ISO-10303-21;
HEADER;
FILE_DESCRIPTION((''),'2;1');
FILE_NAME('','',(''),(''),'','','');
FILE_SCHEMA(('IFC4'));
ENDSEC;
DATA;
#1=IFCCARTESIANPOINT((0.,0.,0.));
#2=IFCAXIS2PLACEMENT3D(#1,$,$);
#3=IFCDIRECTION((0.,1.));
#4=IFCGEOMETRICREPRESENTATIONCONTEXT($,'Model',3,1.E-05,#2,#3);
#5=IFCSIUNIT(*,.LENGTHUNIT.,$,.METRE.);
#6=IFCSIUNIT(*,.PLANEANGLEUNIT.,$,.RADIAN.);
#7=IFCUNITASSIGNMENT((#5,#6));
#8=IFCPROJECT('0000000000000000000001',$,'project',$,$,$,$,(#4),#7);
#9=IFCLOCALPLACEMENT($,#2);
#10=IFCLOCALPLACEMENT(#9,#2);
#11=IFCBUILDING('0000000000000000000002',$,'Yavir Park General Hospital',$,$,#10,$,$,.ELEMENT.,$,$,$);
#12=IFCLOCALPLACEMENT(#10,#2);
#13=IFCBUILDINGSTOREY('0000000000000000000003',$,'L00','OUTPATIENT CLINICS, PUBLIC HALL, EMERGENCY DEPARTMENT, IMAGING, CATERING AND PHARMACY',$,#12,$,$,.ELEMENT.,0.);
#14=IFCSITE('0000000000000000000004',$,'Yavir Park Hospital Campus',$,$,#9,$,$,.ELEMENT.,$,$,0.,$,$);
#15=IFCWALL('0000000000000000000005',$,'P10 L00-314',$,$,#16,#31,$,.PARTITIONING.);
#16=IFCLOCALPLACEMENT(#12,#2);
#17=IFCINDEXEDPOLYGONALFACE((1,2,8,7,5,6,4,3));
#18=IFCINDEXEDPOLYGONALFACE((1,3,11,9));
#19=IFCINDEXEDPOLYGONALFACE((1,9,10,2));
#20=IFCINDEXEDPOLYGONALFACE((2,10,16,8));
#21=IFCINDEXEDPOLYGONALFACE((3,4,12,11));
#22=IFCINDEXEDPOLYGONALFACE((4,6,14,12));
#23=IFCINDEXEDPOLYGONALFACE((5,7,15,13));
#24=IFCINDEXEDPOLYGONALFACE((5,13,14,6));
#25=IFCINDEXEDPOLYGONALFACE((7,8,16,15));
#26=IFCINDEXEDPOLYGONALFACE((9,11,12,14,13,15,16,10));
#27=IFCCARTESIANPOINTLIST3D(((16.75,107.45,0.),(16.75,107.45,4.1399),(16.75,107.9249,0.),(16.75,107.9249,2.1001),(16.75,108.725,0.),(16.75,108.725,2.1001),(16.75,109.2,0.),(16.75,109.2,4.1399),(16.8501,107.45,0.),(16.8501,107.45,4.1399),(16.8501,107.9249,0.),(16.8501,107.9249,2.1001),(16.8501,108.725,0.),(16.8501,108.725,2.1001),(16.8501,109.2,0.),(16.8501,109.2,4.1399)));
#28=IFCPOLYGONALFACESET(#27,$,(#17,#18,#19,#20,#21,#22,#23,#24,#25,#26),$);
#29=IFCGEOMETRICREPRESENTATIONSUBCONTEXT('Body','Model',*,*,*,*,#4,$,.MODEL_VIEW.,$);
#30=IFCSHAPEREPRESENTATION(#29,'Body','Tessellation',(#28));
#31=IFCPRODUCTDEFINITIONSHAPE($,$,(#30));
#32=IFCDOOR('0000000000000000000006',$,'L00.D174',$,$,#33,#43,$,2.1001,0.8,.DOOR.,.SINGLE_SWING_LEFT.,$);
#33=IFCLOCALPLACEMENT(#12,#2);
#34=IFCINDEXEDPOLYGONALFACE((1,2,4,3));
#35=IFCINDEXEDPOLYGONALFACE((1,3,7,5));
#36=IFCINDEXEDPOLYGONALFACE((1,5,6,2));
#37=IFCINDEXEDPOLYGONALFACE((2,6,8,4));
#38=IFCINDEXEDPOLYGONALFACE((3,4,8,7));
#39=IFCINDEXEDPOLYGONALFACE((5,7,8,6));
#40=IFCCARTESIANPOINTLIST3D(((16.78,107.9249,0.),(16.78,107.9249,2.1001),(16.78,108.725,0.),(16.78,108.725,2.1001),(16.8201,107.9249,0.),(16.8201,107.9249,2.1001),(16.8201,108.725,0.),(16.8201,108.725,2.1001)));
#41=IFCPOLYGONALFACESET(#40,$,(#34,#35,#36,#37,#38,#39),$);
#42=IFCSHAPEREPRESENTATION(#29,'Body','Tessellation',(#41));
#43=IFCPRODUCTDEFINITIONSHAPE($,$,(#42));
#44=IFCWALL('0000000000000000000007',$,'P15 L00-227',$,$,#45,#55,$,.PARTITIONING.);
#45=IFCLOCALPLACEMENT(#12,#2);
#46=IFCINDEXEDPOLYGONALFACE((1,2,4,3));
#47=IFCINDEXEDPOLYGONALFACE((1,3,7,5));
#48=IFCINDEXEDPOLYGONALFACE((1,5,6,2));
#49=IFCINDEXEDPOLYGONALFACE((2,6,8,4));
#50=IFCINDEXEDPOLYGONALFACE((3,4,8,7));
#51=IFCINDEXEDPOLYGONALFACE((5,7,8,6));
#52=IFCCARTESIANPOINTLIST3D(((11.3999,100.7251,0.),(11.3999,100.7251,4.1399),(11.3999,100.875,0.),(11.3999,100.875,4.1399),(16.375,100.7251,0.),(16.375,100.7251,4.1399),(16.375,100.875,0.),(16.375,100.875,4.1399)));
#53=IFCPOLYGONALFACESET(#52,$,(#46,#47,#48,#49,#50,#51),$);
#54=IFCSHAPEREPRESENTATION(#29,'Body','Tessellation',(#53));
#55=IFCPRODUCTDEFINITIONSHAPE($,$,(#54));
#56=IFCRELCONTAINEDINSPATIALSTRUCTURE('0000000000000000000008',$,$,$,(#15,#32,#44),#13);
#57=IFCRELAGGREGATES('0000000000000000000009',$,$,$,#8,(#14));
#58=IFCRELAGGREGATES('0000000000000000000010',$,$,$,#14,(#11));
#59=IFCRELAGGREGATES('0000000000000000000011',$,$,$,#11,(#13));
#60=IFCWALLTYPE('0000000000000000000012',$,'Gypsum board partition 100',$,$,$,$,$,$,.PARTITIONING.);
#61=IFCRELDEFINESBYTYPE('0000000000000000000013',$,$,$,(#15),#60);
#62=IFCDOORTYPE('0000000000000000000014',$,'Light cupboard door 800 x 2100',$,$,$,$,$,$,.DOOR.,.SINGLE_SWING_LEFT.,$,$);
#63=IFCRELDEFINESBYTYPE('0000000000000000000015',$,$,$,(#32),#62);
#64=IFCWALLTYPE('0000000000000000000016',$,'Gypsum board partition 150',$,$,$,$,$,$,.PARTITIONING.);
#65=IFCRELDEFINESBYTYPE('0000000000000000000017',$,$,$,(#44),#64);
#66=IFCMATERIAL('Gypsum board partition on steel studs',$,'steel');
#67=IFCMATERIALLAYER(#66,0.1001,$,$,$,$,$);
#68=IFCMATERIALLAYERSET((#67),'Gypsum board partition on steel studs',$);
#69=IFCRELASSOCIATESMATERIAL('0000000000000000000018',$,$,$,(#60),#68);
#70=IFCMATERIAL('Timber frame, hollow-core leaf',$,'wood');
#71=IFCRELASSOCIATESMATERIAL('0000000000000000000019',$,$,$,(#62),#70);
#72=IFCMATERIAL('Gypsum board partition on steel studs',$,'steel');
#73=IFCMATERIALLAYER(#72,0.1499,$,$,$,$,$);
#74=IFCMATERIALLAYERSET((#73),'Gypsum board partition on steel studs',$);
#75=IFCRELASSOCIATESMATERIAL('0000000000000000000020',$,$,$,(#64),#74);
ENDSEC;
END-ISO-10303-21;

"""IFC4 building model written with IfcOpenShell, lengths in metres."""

from ifc_helpers import new_model, si_unit, direction, frame, frame_2d, origin, place, context, subcontext, project, spatial, rectangle, extrude, material, layer, layer_set, type_object, element, fill, save


model = new_model("IFC4")

# Units and contexts
model_context = context("Model", 3, precision=1e-05, world=origin(), true_north=direction((0.0, 1.0)))
body_context = subcontext(model_context, "Body", "Model", "MODEL_VIEW")
ifc_project = project(units=[si_unit("LENGTHUNIT", "METRE"), si_unit("PLANEANGLEUNIT", "RADIAN")], contexts=[model_context])

# Site, building, storey
site_placement = place(None, origin())
site = spatial("IfcSite", under=ifc_project, at=site_placement, Name="Yavir Park Hospital Campus", CompositionType="ELEMENT", RefElevation=0.0)
building_placement = place(site_placement, origin())
building = spatial("IfcBuilding", under=site, at=building_placement, Name="Yavir Park General Hospital", CompositionType="ELEMENT")
storey_placement = place(building_placement, origin())
storey = spatial("IfcBuildingStorey", under=building, at=storey_placement, Name="L00", Description="OUTPATIENT CLINICS, PUBLIC HALL, EMERGENCY DEPARTMENT, IMAGING, CATERING AND PHARMACY", CompositionType="ELEMENT", Elevation=0.0)

# Shared definitions
ifc_material_1 = material(Name="Gypsum board partition on steel studs", Category="steel")
ifc_layer_1 = layer(ifc_material_1, 0.1001)
ifc_layer_set_1 = layer_set([ifc_layer_1], Name="Gypsum board partition on steel studs")
wall_type_1 = type_object("IfcWallType", Name="Gypsum board partition 100", PredefinedType="PARTITIONING", material=ifc_layer_set_1)

# Shared definitions
ifc_material_2 = material(Name="Timber frame, hollow-core leaf", Category="wood")
door_type_1 = type_object("IfcDoorType", Name="Light cupboard door 800 x 2100", OperationType="SINGLE_SWING_LEFT", PredefinedType="DOOR", material=ifc_material_2)

# Wall, opening, door
wall_1_placement = place(storey_placement, frame((16.8, 107.45, 0.0), z_axis=(0.0, 0.0, 1.0), x_axis=(0.0, 1.0, 0.0)))
wall_1 = element("IfcWall", 1, at=wall_1_placement, inside=storey, type_object=wall_type_1, Name="P10 L00-314", PredefinedType="PARTITIONING", context=body_context, shape_type="SweptSolid", body=[
    extrude(rectangle(XDim=1.75, YDim=0.1001, at=frame_2d((0.875, 0.0))), origin(), (0.0, 0.0, 1.0), 4.1399),
])
opening_1_placement = place(wall_1_placement, frame((0.4751, 0.0, 0.0)))
opening_1 = element("IfcOpeningElement", 2, at=opening_1_placement, cuts=wall_1, PredefinedType="OPENING", context=body_context, shape_type="SweptSolid", body=[
    extrude(rectangle(XDim=0.8, YDim=2.1001, at=frame_2d((0.3999, 1.05))), frame((0.0, 0.0601, 0.0), z_axis=(0.0, -1.0, 0.0), x_axis=(1.0, 0.0, 0.0)), (0.0, 0.0, 1.0), 0.1201),
])
door_1_placement = place(opening_1_placement, origin())
door_1 = element("IfcDoor", 3, at=door_1_placement, inside=storey, type_object=door_type_1, Name="L00.D174", OperationType="SINGLE_SWING_LEFT", OverallHeight=2.1001, OverallWidth=0.8, PredefinedType="DOOR", context=body_context, shape_type="SweptSolid", body=[
    extrude(rectangle(XDim=0.8, YDim=2.1001, at=frame_2d((0.3999, 1.05))), frame((0.0, 0.02, 0.0), z_axis=(0.0, -1.0, 0.0), x_axis=(1.0, 0.0, 0.0)), (0.0, 0.0, 1.0), 0.04),
])
fill(opening_1, door_1)

# Wall
ifc_material_3 = material(Name="Gypsum board partition on steel studs", Category="steel")
ifc_layer_2 = layer(ifc_material_3, 0.1499)
ifc_layer_set_2 = layer_set([ifc_layer_2], Name="Gypsum board partition on steel studs")
wall_type_2 = type_object("IfcWallType", Name="Gypsum board partition 150", PredefinedType="PARTITIONING", material=ifc_layer_set_2)
wall_2_placement = place(storey_placement, frame((11.3999, 100.8, 0.0), z_axis=(0.0, 0.0, 1.0), x_axis=(1.0, 0.0, 0.0)))
element("IfcWall", 4, at=wall_2_placement, inside=storey, type_object=wall_type_2, Name="P15 L00-227", PredefinedType="PARTITIONING", context=body_context, shape_type="SweptSolid", body=[
    extrude(rectangle(XDim=4.9751, YDim=0.1499, at=frame_2d((2.4875, 0.0))), origin(), (0.0, 0.0, 1.0), 4.1399),
])

save(model, "model.ifc")
